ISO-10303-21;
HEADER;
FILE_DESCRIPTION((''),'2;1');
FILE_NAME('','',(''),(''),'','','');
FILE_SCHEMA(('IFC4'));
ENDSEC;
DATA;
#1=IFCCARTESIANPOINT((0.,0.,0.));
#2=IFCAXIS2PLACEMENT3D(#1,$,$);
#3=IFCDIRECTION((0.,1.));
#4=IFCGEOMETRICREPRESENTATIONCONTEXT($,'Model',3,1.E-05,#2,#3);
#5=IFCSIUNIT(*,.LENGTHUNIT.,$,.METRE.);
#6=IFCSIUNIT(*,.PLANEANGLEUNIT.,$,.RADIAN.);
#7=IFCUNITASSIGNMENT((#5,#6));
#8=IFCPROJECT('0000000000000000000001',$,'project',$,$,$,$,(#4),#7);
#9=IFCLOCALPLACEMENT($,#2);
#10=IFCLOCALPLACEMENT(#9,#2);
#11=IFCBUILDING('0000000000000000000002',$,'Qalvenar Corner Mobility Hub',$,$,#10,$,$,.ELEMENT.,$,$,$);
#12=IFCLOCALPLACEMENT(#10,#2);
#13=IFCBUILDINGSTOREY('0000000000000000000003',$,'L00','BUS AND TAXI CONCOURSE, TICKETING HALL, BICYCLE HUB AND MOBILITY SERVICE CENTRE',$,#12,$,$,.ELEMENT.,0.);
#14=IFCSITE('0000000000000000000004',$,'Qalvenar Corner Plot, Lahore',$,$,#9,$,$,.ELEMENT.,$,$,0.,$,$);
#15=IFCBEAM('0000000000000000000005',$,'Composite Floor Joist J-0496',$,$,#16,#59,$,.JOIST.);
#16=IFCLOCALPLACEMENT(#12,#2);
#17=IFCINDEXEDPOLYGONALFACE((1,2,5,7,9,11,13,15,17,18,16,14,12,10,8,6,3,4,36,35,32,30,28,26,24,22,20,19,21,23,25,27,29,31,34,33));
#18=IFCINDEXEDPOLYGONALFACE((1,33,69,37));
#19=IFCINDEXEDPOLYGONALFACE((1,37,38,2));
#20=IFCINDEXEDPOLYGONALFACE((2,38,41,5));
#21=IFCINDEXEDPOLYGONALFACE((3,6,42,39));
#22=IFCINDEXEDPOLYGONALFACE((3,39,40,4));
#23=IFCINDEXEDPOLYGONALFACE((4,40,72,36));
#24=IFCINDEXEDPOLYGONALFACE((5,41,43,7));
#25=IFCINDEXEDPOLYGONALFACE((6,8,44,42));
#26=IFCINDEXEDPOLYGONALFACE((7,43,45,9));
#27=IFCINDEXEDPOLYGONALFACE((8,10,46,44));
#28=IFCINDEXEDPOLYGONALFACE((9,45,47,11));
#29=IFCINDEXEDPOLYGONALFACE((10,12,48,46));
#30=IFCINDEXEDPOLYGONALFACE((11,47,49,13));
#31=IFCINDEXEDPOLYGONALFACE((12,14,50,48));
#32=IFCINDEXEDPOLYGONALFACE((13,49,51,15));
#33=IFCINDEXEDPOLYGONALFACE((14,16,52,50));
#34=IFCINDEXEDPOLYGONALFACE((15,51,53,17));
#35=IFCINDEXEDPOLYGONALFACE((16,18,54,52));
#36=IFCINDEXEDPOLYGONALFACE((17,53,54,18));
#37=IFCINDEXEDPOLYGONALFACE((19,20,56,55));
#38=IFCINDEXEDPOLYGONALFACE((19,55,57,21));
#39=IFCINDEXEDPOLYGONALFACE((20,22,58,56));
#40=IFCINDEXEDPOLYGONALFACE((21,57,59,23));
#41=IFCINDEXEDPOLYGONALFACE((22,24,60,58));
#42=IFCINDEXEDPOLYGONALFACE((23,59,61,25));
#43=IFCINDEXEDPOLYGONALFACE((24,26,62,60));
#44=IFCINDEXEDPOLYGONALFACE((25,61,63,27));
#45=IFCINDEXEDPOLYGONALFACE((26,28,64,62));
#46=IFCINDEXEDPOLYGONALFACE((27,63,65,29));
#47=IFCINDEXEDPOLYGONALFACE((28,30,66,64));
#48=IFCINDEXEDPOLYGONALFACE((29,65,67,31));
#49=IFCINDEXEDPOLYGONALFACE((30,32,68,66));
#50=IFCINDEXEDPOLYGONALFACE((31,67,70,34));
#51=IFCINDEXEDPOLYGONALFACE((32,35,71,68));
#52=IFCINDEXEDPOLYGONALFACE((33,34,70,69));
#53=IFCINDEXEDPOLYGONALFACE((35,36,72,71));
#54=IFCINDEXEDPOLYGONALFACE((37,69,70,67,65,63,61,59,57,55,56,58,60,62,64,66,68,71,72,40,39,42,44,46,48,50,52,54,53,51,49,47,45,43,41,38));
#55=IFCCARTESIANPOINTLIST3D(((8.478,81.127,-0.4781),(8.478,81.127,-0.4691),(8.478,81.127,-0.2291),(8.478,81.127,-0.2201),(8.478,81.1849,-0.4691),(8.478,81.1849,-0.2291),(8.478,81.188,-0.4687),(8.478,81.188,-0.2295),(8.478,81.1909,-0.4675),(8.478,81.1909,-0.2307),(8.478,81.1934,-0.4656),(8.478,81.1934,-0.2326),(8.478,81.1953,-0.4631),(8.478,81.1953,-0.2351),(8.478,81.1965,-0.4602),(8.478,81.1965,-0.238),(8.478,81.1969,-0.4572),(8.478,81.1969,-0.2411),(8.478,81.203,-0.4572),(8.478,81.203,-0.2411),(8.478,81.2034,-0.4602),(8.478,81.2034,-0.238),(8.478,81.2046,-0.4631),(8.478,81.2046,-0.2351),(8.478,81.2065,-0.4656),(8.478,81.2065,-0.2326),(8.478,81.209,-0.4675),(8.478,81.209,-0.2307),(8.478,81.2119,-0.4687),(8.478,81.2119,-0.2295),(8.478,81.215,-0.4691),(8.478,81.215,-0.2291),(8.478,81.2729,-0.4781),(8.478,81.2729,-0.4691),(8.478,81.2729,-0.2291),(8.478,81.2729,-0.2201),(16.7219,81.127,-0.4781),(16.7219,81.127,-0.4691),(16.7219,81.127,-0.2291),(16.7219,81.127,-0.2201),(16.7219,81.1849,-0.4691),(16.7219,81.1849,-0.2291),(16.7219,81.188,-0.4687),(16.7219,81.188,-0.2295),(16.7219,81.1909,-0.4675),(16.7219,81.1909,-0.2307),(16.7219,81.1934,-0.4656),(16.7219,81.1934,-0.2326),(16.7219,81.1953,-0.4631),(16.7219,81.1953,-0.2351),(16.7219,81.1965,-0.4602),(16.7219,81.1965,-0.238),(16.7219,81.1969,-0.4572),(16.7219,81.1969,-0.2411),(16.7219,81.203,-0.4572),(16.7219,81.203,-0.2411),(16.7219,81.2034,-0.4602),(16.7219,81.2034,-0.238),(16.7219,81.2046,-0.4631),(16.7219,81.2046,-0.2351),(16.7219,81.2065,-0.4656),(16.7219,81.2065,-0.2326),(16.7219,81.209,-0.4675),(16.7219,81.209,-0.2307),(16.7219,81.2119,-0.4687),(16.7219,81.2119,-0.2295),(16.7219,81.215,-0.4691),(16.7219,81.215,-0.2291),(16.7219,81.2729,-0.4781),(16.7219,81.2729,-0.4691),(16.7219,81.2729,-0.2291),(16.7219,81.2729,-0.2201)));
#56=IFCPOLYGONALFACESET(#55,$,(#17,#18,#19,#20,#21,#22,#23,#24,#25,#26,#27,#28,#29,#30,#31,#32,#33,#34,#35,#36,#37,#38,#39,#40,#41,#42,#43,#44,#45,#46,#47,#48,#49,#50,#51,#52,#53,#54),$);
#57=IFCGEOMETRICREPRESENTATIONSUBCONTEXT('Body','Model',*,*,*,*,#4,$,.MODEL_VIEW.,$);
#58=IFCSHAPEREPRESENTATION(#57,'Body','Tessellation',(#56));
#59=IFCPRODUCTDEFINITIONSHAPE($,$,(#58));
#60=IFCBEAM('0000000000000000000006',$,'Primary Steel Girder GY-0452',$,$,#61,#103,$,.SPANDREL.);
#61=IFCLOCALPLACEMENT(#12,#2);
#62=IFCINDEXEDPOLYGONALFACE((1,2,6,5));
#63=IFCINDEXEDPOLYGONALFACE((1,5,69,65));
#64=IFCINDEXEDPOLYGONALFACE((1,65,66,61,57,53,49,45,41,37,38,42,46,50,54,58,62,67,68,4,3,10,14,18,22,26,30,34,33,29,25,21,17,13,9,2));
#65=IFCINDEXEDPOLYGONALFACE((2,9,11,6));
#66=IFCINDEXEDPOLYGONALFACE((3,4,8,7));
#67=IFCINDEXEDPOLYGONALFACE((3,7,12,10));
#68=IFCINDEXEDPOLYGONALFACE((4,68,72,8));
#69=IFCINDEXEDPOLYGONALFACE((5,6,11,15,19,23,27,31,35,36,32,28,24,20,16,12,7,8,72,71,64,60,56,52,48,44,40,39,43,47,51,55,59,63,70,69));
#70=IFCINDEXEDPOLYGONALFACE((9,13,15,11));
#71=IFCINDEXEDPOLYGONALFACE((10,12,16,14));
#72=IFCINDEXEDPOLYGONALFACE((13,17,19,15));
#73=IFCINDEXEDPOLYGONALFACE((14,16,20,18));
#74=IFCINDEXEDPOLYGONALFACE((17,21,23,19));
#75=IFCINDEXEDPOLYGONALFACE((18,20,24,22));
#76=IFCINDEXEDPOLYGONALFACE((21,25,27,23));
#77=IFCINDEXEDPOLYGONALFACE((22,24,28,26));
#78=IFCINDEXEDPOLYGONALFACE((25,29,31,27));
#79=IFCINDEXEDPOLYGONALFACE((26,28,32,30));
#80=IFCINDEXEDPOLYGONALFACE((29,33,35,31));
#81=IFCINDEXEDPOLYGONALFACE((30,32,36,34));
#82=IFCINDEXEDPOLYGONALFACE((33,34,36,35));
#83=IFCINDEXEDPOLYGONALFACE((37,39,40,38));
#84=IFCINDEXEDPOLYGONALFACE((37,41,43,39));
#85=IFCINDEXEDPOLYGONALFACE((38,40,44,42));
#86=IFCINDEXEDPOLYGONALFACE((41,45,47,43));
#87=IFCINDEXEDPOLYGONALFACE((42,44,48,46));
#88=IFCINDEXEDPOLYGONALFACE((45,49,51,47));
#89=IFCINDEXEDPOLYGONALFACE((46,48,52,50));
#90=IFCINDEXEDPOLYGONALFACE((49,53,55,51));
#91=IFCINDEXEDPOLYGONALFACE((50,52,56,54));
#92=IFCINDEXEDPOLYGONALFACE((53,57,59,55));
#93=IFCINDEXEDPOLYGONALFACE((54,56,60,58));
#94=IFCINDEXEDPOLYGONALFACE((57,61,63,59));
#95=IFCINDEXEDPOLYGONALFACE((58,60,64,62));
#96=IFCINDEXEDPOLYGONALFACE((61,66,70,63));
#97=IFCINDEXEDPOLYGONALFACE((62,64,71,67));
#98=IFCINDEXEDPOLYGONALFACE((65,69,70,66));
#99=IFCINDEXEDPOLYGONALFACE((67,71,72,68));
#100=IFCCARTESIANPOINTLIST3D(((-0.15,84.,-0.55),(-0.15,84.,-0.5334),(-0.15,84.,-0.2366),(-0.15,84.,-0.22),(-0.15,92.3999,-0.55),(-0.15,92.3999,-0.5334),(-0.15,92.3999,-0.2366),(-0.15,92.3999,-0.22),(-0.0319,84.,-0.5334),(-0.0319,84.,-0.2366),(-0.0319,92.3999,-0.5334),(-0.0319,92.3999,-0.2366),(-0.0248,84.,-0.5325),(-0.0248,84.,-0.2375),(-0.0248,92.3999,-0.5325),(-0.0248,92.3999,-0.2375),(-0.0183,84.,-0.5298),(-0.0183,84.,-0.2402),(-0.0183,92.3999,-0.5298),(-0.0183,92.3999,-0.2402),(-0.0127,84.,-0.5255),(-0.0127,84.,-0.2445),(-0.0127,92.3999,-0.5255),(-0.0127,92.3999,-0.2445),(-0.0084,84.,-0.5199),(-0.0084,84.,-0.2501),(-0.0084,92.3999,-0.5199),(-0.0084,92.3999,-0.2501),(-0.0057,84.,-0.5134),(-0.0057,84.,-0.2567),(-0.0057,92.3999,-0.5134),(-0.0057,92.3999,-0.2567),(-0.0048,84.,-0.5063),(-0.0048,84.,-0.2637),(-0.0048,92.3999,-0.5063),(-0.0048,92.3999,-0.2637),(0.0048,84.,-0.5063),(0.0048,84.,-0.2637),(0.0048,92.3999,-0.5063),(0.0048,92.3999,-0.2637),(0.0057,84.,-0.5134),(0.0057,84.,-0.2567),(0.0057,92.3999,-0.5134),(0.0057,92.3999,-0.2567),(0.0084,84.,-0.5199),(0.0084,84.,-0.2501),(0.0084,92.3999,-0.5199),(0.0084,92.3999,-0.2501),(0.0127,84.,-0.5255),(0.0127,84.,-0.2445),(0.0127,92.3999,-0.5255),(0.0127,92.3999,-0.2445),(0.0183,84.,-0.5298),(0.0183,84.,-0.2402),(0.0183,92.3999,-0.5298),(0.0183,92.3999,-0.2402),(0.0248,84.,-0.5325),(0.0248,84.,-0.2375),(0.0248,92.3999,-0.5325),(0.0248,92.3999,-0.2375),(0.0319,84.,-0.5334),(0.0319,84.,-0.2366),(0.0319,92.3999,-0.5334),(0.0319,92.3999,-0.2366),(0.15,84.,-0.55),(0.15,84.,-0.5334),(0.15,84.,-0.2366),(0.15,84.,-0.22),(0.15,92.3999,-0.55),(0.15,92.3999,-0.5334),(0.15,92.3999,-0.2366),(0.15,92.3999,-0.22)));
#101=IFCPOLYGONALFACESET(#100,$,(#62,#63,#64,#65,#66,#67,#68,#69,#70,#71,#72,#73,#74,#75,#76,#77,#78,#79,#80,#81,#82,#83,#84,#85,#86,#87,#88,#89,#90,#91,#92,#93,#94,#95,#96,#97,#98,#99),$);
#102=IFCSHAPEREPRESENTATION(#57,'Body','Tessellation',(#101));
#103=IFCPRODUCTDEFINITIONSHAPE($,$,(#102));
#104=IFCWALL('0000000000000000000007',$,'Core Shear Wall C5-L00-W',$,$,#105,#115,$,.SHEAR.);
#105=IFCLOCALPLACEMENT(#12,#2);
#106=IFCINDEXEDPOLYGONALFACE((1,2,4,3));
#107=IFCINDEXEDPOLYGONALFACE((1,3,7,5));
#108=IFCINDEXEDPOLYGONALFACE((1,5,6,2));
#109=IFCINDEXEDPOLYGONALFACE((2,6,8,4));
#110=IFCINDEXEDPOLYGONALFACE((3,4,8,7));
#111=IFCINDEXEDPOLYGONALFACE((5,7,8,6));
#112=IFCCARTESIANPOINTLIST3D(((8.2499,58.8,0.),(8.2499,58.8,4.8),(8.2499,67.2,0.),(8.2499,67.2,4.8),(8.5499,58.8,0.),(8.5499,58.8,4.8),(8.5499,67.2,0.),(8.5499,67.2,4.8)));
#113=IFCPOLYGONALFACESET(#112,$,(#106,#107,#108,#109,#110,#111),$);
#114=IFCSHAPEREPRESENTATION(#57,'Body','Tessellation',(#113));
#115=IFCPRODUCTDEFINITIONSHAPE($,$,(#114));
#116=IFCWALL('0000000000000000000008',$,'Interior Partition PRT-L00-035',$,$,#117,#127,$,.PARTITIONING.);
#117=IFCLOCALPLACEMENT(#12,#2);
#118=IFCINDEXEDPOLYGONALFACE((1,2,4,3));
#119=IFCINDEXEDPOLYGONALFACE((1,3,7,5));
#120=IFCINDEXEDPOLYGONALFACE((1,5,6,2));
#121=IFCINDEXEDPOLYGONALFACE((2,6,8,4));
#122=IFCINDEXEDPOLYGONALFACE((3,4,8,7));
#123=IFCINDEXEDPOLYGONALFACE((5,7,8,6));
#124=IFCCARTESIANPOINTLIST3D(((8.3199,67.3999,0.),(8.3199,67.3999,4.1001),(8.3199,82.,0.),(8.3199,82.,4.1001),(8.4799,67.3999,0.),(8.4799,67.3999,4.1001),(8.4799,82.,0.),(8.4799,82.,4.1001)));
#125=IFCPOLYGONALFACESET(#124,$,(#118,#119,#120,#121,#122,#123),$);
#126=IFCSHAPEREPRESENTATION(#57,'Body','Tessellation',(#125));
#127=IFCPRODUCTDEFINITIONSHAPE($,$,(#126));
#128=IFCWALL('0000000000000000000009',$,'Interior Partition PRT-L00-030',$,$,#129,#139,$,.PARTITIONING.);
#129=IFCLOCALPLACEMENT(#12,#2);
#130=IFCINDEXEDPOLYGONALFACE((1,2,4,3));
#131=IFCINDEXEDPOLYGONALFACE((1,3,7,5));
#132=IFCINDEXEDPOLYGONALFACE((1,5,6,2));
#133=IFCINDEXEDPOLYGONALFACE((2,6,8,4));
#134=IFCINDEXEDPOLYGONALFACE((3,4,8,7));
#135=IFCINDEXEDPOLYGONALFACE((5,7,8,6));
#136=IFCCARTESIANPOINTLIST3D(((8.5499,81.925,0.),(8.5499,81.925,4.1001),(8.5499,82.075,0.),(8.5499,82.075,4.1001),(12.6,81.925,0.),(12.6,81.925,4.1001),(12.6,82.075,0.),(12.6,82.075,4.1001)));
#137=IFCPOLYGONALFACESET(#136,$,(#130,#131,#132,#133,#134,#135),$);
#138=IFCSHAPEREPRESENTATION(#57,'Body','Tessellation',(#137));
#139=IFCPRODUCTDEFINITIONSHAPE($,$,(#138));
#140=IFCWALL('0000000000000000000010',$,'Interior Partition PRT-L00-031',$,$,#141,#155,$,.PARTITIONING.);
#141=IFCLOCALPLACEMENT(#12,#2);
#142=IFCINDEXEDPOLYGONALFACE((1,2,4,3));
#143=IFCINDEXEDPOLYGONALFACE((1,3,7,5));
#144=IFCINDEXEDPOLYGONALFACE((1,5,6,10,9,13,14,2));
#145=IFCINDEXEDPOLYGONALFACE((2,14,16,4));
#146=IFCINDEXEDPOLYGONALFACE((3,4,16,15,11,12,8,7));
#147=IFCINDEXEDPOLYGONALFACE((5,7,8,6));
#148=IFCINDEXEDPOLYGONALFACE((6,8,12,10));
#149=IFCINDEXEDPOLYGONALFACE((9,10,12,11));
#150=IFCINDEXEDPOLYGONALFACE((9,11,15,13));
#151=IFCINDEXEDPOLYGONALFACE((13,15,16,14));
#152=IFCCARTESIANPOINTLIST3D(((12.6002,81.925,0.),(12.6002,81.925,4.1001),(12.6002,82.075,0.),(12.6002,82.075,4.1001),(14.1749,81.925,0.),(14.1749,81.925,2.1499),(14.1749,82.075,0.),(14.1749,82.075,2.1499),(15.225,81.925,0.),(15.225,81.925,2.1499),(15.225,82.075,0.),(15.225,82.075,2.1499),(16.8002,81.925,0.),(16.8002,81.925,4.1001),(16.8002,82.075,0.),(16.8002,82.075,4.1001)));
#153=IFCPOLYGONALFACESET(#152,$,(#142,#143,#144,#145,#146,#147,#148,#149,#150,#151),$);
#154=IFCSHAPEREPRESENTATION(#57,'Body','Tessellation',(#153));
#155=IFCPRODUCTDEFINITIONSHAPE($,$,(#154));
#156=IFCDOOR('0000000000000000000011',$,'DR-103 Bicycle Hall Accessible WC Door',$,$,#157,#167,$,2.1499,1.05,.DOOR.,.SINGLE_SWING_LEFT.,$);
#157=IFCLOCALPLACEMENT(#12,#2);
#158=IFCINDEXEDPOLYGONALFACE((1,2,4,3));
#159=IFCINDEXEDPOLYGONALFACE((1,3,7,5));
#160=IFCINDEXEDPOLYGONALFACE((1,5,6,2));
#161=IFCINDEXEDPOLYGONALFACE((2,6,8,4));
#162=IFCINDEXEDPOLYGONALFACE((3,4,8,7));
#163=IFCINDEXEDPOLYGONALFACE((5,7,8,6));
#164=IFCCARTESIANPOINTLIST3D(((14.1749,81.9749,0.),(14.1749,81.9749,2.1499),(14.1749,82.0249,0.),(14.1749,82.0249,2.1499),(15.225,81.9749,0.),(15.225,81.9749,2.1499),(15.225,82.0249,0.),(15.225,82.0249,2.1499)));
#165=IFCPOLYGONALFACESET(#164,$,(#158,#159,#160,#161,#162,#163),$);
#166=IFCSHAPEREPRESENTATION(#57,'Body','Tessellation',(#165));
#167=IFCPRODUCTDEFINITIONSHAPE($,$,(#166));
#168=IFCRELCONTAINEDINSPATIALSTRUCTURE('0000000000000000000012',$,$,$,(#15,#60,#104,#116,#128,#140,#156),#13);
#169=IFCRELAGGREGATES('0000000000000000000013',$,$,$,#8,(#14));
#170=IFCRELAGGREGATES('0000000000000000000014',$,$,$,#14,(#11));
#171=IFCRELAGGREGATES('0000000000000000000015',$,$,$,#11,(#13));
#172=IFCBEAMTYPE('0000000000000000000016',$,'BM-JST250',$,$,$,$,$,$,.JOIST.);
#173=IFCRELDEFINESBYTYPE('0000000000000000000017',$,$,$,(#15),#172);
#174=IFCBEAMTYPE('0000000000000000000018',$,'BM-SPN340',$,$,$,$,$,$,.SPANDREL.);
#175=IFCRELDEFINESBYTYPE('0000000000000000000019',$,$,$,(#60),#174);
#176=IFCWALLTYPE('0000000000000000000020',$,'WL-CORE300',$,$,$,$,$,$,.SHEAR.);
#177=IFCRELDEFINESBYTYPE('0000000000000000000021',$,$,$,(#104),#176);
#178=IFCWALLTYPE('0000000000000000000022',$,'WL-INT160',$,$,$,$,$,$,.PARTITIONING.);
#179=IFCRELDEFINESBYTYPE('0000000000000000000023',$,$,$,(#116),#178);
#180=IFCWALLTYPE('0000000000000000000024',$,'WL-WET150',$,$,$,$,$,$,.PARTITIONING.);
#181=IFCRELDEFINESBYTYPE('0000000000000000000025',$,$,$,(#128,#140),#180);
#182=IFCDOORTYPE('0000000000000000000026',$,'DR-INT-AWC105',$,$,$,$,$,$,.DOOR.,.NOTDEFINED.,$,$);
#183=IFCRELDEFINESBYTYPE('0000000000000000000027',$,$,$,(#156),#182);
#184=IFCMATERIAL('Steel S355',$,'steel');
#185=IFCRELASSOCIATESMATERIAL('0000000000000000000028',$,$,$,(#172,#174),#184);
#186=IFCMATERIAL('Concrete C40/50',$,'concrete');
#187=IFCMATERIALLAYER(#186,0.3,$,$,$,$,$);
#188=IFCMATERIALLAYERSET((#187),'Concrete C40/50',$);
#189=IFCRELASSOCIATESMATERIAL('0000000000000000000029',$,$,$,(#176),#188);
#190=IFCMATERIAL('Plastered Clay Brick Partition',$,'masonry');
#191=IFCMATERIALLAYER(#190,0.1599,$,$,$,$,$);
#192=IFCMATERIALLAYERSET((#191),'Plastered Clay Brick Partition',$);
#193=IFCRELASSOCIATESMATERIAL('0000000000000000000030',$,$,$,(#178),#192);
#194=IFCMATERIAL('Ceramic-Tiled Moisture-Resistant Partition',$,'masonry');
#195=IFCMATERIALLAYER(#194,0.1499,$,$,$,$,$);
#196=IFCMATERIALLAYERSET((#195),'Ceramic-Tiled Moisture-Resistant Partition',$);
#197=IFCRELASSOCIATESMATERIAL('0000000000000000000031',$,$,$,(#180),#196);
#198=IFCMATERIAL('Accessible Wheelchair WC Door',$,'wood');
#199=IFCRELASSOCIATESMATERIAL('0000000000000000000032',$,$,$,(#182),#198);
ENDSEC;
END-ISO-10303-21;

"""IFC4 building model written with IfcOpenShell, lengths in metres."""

from ifc_helpers import new_model, si_unit, direction, frame, frame_2d, origin, origin_2d, place, context, subcontext, project, spatial, rectangle, i_section, extrude, material, layer, layer_set, material_profile, profile_set, type_object, element, fill, save


model = new_model("IFC4")

# Units and contexts
model_context = context("Model", 3, precision=1e-05, world=origin(), true_north=direction((0.0, 1.0)))
body_context = subcontext(model_context, "Body", "Model", "MODEL_VIEW")
ifc_project = project(units=[si_unit("LENGTHUNIT", "METRE"), si_unit("PLANEANGLEUNIT", "RADIAN")], contexts=[model_context])

# Site, building, storey
site_placement = place(None, origin())
site = spatial("IfcSite", under=ifc_project, at=site_placement, Name="Qalvenar Corner Plot, Lahore", CompositionType="ELEMENT", RefElevation=0.0)
building_placement = place(site_placement, origin())
building = spatial("IfcBuilding", under=site, at=building_placement, Name="Qalvenar Corner Mobility Hub", CompositionType="ELEMENT")
storey_placement = place(building_placement, origin())
storey = spatial("IfcBuildingStorey", under=building, at=storey_placement, Name="L00", Description="BUS AND TAXI CONCOURSE, TICKETING HALL, BICYCLE HUB AND MOBILITY SERVICE CENTRE", CompositionType="ELEMENT", Elevation=0.0)

# Shared definitions
ifc_material_1 = material(Name="Steel S355", Category="steel")

# Beams
ifc_material_profile_1 = material_profile(ifc_material_1, i_section(OverallWidth=0.146, OverallDepth=0.2581, WebThickness=0.0061, FlangeThickness=0.009, FilletRadius=0.012, at=origin_2d()), Name="W250x32.7")
ifc_profile_set_1 = profile_set([ifc_material_profile_1], Name="Steel S355")
beam_type_1 = type_object("IfcBeamType", Name="BM-JST250", PredefinedType="JOIST", material=ifc_profile_set_1)
for number, where, z_axis, x_axis, name in (
    (1, (8.478, 81.2, -0.3491), (1.0, 0.0, 0.0), (0.0, 1.0, 0.0), "Composite Floor Joist J-0496"),
):
    element("IfcBeam", number, at=place(storey_placement, frame(where, z_axis=z_axis, x_axis=x_axis)), inside=storey, type_object=beam_type_1, Name=name, PredefinedType="JOIST", context=body_context, shape_type="SweptSolid", body=[
        extrude(i_section(OverallWidth=0.146, OverallDepth=0.2581, WebThickness=0.0061, FlangeThickness=0.009, FilletRadius=0.012, at=origin_2d()), origin(), (0.0, 0.0, 1.0), 8.2439),
    ])
ifc_material_profile_2 = material_profile(ifc_material_1, i_section(OverallWidth=0.3, OverallDepth=0.3301, WebThickness=0.0095, FlangeThickness=0.0166, FilletRadius=0.0271, at=origin_2d()), Name="HEA340")
ifc_profile_set_2 = profile_set([ifc_material_profile_2], Name="Steel S355")
beam_type_2 = type_object("IfcBeamType", Name="BM-SPN340", PredefinedType="SPANDREL", material=ifc_profile_set_2)
beam_1_placement = place(storey_placement, frame((0.0, 84.0, -0.385), z_axis=(0.0, 1.0, 0.0), x_axis=(-1.0, 0.0, 0.0)))
element("IfcBeam", 2, at=beam_1_placement, inside=storey, type_object=beam_type_2, Name="Primary Steel Girder GY-0452", PredefinedType="SPANDREL", context=body_context, shape_type="SweptSolid", body=[
    extrude(i_section(OverallWidth=0.3, OverallDepth=0.3301, WebThickness=0.0095, FlangeThickness=0.0166, FilletRadius=0.0271, at=origin_2d()), origin(), (0.0, 0.0, 1.0), 8.3999),
])

# Wall
ifc_material_2 = material(Name="Concrete C40/50", Category="concrete")
ifc_layer_1 = layer(ifc_material_2, 0.3)
ifc_layer_set_1 = layer_set([ifc_layer_1], Name="Concrete C40/50")
wall_type_1 = type_object("IfcWallType", Name="WL-CORE300", PredefinedType="SHEAR", material=ifc_layer_set_1)
wall_1_placement = place(storey_placement, frame((8.3999, 67.2, 0.0), z_axis=(0.0, 0.0, 1.0), x_axis=(0.0, -1.0, 0.0)))
element("IfcWall", 3, at=wall_1_placement, inside=storey, type_object=wall_type_1, Name="Core Shear Wall C5-L00-W", PredefinedType="SHEAR", context=body_context, shape_type="SweptSolid", body=[
    extrude(rectangle(XDim=8.3999, YDim=0.3, at=frame_2d((4.2, 0.0))), origin(), (0.0, 0.0, 1.0), 4.8),
])

# Walls
ifc_material_3 = material(Name="Plastered Clay Brick Partition", Category="masonry")
ifc_layer_2 = layer(ifc_material_3, 0.1599)
ifc_layer_set_2 = layer_set([ifc_layer_2], Name="Plastered Clay Brick Partition")
wall_type_2 = type_object("IfcWallType", Name="WL-INT160", PredefinedType="PARTITIONING", material=ifc_layer_set_2)
wall_2_placement = place(storey_placement, frame((8.3999, 67.3999, 0.0), z_axis=(0.0, 0.0, 1.0), x_axis=(0.0, 1.0, 0.0)))
element("IfcWall", 4, at=wall_2_placement, inside=storey, type_object=wall_type_2, Name="Interior Partition PRT-L00-035", PredefinedType="PARTITIONING", context=body_context, shape_type="SweptSolid", body=[
    extrude(rectangle(XDim=14.6001, YDim=0.1599, at=frame_2d((7.3, 0.0))), origin(), (0.0, 0.0, 1.0), 4.1001),
])
ifc_material_4 = material(Name="Ceramic-Tiled Moisture-Resistant Partition", Category="masonry")
ifc_layer_3 = layer(ifc_material_4, 0.1499)
ifc_layer_set_3 = layer_set([ifc_layer_3], Name="Ceramic-Tiled Moisture-Resistant Partition")
wall_type_3 = type_object("IfcWallType", Name="WL-WET150", PredefinedType="PARTITIONING", material=ifc_layer_set_3)
wall_3_placement = place(storey_placement, frame((8.55, 82.0, 0.0), z_axis=(0.0, 0.0, 1.0), x_axis=(1.0, 0.0, 0.0)))
element("IfcWall", 5, at=wall_3_placement, inside=storey, type_object=wall_type_3, Name="Interior Partition PRT-L00-030", PredefinedType="PARTITIONING", context=body_context, shape_type="SweptSolid", body=[
    extrude(rectangle(XDim=4.05, YDim=0.1499, at=frame_2d((2.0249, 0.0))), origin(), (0.0, 0.0, 1.0), 4.1001),
])

# Wall, opening, door
wall_4_placement = place(storey_placement, frame((12.6001, 82.0, 0.0), z_axis=(0.0, 0.0, 1.0), x_axis=(1.0, 0.0, 0.0)))
wall_4 = element("IfcWall", 6, at=wall_4_placement, inside=storey, type_object=wall_type_3, Name="Interior Partition PRT-L00-031", PredefinedType="PARTITIONING", context=body_context, shape_type="SweptSolid", body=[
    extrude(rectangle(XDim=4.2, YDim=0.1499, at=frame_2d((2.1001, 0.0))), origin(), (0.0, 0.0, 1.0), 4.1001),
])
opening_1_placement = place(wall_4_placement, frame((1.575, 0.0, 0.0)))
opening_1 = element("IfcOpeningElement", 7, at=opening_1_placement, cuts=wall_4, PredefinedType="OPENING", context=body_context, shape_type="SweptSolid", body=[
    extrude(rectangle(XDim=1.05, YDim=2.1499, at=frame_2d((0.5249, 1.075))), frame((0.0, 0.085, 0.0), z_axis=(0.0, -1.0, 0.0), x_axis=(1.0, 0.0, 0.0)), (0.0, 0.0, 1.0), 0.1699),
])
ifc_material_5 = material(Name="Accessible Wheelchair WC Door", Category="wood")
door_type_1 = type_object("IfcDoorType", Name="DR-INT-AWC105", OperationType="NOTDEFINED", PredefinedType="DOOR", material=ifc_material_5)
door_1_placement = place(opening_1_placement, origin())
door_1 = element("IfcDoor", 8, at=door_1_placement, inside=storey, type_object=door_type_1, Name="DR-103 Bicycle Hall Accessible WC Door", OperationType="SINGLE_SWING_LEFT", OverallHeight=2.1499, OverallWidth=1.05, PredefinedType="DOOR", context=body_context, shape_type="SweptSolid", body=[
    extrude(rectangle(XDim=1.05, YDim=2.1499, at=frame_2d((0.5249, 1.075))), frame((0.0, 0.0249, 0.0), z_axis=(0.0, -1.0, 0.0), x_axis=(1.0, 0.0, 0.0)), (0.0, 0.0, 1.0), 0.05),
])
fill(opening_1, door_1)

save(model, "model.ifc")
